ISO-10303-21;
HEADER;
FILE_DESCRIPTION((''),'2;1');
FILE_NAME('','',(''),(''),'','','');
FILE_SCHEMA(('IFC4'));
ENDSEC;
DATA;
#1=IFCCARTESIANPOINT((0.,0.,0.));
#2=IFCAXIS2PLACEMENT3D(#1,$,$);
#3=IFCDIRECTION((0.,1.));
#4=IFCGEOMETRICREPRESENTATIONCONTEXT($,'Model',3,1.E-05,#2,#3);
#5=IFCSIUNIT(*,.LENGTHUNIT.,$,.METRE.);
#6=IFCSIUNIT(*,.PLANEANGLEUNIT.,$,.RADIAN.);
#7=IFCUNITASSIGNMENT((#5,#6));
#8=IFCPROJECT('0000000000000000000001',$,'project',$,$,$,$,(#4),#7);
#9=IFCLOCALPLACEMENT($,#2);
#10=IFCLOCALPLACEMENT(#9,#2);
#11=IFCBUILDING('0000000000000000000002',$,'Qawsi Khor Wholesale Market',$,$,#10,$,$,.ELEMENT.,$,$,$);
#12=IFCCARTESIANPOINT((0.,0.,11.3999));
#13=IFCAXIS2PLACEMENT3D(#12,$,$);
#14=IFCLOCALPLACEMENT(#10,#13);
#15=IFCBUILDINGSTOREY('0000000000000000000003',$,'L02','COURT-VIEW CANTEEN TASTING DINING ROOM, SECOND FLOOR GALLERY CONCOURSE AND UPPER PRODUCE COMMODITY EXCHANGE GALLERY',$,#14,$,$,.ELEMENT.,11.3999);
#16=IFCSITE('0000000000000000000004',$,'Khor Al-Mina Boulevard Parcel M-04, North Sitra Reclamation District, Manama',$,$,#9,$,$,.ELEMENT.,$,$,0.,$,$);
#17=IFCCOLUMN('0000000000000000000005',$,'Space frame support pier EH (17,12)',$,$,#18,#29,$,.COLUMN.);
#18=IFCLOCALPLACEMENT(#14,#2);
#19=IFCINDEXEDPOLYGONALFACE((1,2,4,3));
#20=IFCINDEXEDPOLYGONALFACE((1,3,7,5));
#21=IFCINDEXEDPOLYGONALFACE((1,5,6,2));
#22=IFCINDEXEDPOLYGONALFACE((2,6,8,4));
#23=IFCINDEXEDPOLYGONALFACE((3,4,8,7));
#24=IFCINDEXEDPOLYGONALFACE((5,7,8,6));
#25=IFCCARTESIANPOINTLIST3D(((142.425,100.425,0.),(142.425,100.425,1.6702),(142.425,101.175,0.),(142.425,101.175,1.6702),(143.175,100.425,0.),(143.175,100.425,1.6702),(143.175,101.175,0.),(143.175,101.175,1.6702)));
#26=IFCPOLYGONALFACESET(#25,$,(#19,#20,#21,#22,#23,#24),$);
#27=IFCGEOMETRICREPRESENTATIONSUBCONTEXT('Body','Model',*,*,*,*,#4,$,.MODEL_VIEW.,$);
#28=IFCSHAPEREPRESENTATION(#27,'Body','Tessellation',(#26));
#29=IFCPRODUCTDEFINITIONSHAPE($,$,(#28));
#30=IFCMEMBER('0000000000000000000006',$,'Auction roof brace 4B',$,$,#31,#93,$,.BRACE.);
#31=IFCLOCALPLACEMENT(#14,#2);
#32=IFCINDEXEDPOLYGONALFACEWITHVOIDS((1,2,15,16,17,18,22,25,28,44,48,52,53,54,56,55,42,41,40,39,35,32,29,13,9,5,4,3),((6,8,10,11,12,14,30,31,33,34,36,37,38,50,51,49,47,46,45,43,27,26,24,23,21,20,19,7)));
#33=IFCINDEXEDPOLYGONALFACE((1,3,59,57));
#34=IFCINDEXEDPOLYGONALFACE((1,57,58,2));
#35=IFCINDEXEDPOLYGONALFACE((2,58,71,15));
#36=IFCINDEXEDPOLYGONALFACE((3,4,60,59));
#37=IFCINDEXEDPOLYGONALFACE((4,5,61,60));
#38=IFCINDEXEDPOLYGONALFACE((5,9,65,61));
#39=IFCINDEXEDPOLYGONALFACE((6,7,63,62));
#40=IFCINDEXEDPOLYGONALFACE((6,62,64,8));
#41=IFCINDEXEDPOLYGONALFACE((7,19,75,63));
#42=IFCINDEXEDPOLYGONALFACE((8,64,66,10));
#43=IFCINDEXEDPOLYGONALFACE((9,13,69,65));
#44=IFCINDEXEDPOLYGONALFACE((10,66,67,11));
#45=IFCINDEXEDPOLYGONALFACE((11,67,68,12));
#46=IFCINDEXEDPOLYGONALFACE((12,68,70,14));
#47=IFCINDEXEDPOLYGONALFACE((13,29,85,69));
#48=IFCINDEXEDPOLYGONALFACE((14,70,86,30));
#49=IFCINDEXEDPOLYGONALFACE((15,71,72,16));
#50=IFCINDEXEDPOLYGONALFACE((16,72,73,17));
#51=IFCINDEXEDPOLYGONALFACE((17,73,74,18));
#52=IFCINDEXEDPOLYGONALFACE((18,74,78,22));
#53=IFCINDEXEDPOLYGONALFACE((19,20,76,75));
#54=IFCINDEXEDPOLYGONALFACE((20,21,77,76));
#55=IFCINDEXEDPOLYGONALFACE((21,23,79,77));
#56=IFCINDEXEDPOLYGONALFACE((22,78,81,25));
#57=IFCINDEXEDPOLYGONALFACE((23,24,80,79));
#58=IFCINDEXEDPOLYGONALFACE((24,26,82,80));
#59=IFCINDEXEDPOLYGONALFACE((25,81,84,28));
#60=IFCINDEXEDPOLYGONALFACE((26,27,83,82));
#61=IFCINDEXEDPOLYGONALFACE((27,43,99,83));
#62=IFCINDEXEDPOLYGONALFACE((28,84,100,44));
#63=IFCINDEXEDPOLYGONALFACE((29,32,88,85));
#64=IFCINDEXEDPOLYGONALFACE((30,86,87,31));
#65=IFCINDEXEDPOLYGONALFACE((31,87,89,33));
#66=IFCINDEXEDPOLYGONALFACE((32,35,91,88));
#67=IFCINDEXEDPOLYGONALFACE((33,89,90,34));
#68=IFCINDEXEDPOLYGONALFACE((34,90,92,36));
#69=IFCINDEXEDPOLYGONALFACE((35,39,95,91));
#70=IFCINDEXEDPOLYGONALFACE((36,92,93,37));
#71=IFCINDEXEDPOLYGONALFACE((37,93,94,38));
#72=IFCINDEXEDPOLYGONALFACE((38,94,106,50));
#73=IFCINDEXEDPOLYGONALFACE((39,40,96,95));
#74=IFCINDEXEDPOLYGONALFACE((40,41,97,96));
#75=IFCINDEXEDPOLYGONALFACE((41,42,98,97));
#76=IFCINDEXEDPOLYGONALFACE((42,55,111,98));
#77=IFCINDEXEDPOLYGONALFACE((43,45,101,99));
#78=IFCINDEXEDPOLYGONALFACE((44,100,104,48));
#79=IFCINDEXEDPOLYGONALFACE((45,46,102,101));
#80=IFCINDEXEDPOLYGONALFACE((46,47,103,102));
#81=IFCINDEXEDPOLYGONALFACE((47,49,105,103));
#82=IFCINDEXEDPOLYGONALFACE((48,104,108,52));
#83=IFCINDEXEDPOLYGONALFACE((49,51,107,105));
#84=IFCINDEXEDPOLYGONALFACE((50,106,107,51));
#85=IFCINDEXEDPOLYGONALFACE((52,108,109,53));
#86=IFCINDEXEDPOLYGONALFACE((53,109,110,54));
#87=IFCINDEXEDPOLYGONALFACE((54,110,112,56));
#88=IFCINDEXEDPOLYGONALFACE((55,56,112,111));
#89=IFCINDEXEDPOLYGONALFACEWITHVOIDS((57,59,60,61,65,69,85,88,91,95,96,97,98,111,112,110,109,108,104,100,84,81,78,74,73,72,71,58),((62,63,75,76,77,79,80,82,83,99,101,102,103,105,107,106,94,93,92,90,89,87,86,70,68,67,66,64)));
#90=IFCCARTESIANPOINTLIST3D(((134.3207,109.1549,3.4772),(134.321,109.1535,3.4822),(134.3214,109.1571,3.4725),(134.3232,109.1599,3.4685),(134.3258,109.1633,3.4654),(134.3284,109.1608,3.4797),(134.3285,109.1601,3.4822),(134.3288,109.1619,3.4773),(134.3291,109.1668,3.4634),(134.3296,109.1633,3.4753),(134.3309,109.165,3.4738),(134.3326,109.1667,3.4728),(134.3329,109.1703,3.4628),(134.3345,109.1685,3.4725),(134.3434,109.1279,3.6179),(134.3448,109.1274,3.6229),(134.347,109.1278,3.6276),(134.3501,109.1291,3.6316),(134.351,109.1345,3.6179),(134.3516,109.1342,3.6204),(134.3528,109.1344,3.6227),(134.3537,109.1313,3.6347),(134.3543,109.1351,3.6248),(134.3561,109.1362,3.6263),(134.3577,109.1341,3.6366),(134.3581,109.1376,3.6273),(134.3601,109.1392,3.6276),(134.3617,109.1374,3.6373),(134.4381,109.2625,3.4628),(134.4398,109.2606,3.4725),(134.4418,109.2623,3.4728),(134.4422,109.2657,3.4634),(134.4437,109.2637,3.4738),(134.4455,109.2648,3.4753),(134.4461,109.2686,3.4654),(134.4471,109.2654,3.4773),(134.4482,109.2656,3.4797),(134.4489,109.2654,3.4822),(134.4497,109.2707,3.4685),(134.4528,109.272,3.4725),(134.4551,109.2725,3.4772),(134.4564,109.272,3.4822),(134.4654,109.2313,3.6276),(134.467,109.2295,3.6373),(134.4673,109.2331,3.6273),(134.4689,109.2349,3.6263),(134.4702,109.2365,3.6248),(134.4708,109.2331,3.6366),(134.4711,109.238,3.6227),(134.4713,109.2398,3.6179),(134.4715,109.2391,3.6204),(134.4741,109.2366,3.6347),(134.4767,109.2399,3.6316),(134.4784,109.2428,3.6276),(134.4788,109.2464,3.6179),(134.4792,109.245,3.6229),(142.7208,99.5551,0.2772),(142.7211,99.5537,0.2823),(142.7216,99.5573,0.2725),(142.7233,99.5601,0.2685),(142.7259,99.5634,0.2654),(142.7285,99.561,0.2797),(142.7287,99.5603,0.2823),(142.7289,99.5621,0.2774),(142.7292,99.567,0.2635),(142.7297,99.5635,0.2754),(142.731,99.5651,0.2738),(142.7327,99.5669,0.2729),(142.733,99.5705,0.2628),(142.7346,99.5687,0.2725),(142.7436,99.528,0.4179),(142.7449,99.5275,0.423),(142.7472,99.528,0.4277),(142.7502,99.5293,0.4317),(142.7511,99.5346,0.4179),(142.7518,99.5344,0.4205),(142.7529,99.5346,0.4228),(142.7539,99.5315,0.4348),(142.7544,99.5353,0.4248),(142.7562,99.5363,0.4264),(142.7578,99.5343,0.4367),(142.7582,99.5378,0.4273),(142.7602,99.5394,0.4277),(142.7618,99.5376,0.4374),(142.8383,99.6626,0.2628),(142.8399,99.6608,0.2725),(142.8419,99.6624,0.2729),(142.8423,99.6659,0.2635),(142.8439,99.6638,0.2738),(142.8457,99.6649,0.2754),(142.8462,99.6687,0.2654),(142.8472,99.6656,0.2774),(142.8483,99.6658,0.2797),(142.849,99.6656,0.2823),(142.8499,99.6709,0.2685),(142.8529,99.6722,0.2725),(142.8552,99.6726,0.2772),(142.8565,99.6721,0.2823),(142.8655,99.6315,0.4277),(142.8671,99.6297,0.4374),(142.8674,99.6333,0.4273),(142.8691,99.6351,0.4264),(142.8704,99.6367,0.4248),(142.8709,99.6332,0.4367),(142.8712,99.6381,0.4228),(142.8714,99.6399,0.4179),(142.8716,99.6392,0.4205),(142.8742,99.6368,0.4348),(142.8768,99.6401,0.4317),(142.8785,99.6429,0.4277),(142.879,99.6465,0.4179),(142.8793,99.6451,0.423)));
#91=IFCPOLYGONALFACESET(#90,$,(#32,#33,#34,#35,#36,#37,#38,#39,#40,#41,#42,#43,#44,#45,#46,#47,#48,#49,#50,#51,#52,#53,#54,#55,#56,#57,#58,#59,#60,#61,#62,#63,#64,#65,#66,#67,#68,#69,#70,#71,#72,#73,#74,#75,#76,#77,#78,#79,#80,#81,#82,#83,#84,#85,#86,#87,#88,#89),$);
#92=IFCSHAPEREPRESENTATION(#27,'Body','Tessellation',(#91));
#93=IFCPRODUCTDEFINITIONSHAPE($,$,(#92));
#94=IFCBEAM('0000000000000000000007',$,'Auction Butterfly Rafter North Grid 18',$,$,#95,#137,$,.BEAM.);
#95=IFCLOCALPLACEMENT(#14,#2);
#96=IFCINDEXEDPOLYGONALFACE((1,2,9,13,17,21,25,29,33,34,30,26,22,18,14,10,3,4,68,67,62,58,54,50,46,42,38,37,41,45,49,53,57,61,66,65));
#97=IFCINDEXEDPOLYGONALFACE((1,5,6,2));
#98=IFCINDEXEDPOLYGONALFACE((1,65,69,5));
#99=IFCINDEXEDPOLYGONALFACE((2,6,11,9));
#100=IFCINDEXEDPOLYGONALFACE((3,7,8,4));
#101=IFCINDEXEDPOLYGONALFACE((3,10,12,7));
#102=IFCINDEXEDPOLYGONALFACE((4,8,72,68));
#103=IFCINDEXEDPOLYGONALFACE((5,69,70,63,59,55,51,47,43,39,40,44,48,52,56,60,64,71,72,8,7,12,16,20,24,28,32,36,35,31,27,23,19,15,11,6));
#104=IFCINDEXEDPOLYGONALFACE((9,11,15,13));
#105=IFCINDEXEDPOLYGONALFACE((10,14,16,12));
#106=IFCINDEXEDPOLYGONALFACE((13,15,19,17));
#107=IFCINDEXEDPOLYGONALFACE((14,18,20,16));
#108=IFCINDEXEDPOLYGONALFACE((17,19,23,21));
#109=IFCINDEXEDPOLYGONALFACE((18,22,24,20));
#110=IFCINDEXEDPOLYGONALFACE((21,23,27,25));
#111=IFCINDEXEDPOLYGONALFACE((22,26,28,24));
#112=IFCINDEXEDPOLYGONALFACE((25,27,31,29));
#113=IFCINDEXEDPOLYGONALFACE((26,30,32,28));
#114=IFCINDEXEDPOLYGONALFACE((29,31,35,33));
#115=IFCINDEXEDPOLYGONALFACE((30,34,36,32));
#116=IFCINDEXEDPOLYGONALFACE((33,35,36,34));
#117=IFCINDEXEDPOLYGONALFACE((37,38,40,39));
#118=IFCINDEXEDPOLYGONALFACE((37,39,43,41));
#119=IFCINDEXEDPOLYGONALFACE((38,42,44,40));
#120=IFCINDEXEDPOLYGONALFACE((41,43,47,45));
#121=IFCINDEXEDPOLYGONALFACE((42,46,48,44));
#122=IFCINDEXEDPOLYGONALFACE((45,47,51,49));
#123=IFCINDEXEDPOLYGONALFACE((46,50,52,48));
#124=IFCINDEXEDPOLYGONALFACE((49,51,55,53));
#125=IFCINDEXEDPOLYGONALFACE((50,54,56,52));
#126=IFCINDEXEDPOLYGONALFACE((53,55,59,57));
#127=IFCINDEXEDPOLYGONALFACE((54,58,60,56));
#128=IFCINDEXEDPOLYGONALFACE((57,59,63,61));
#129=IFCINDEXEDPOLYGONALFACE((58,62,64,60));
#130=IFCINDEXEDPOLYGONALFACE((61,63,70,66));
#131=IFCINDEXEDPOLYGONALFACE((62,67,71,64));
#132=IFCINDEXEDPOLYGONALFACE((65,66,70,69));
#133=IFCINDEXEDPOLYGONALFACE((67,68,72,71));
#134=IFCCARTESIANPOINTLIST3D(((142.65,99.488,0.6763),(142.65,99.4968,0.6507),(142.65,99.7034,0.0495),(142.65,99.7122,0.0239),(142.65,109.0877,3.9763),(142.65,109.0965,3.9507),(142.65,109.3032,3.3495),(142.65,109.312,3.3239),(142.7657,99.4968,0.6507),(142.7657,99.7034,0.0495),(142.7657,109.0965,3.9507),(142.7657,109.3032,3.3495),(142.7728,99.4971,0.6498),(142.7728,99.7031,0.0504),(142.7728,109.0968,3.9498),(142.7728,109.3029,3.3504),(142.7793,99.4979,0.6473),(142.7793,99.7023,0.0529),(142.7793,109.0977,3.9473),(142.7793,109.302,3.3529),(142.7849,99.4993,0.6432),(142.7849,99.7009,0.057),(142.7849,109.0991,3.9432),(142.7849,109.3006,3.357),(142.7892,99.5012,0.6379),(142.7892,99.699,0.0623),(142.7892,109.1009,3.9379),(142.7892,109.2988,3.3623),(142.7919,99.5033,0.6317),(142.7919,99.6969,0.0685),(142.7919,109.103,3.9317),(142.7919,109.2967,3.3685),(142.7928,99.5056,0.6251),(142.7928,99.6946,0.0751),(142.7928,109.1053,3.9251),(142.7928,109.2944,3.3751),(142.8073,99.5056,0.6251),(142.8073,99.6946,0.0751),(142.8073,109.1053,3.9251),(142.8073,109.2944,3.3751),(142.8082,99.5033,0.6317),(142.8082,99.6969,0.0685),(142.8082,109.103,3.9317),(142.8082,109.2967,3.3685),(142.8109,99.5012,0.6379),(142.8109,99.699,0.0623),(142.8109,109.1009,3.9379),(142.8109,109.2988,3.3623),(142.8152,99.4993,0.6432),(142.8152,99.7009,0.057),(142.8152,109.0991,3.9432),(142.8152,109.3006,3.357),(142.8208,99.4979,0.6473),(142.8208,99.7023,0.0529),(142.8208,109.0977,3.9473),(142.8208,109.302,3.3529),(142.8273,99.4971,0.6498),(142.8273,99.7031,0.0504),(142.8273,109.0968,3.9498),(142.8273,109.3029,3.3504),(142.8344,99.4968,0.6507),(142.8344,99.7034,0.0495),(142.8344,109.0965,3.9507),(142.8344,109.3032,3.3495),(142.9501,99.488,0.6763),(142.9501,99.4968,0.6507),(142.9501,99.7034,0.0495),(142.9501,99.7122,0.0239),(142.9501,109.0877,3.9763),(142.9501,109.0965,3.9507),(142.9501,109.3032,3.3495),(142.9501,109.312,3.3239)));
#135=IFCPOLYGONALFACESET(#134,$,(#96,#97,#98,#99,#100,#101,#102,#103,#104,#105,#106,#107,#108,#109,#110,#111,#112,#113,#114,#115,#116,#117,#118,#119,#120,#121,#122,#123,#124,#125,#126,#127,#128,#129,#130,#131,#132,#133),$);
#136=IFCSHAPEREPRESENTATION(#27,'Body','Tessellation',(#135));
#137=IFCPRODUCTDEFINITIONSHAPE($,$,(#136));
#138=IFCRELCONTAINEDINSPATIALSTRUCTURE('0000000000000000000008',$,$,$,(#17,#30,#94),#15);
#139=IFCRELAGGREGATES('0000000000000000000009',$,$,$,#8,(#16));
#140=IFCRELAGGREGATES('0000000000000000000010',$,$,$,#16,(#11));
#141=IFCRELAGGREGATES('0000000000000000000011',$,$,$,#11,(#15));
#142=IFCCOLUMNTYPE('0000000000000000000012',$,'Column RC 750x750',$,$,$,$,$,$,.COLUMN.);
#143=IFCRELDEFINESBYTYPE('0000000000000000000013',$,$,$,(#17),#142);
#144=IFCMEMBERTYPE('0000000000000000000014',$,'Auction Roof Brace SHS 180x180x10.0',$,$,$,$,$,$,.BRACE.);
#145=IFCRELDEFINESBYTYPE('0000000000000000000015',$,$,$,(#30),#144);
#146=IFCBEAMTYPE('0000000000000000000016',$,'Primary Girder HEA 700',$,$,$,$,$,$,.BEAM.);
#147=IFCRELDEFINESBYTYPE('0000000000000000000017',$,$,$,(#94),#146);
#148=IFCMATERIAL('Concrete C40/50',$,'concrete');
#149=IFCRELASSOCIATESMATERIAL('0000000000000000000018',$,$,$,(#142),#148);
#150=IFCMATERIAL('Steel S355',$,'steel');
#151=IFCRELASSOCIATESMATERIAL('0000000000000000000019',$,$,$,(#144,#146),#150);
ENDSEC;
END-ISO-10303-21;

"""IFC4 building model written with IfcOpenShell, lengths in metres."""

from ifc_helpers import new_model, si_unit, direction, frame, origin, origin_2d, place, context, subcontext, project, spatial, rectangle, hollow_rectangle, i_section, extrude, material, material_profile, profile_set, type_object, element, save


model = new_model("IFC4")

# Units and contexts
model_context = context("Model", 3, precision=1e-05, world=origin(), true_north=direction((0.0, 1.0)))
body_context = subcontext(model_context, "Body", "Model", "MODEL_VIEW")
ifc_project = project(units=[si_unit("LENGTHUNIT", "METRE"), si_unit("PLANEANGLEUNIT", "RADIAN")], contexts=[model_context])

# Site, building, storey
site_placement = place(None, origin())
site = spatial("IfcSite", under=ifc_project, at=site_placement, Name="Khor Al-Mina Boulevard Parcel M-04, North Sitra Reclamation District, Manama", CompositionType="ELEMENT", RefElevation=0.0)
building_placement = place(site_placement, origin())
building = spatial("IfcBuilding", under=site, at=building_placement, Name="Qawsi Khor Wholesale Market", CompositionType="ELEMENT")
storey_placement = place(building_placement, frame((0.0, 0.0, 11.3999)))
storey = spatial("IfcBuildingStorey", under=building, at=storey_placement, Name="L02", Description="COURT-VIEW CANTEEN TASTING DINING ROOM, SECOND FLOOR GALLERY CONCOURSE AND UPPER PRODUCE COMMODITY EXCHANGE GALLERY", CompositionType="ELEMENT", Elevation=11.3999)

# Column
ifc_material_1 = material(Name="Concrete C40/50", Category="concrete")
ifc_material_profile_1 = material_profile(ifc_material_1, rectangle(XDim=0.75, YDim=0.75, at=origin_2d()), Name="RC 750x750")
ifc_profile_set_1 = profile_set([ifc_material_profile_1], Name="Concrete C40/50")
column_type = type_object("IfcColumnType", Name="Column RC 750x750", PredefinedType="COLUMN", material=ifc_profile_set_1)
column_placement = place(storey_placement, frame((142.8, 100.8, 0.0), z_axis=(0.0, 0.0, 1.0), x_axis=(1.0, 0.0, 0.0)))
element("IfcColumn", 1, at=column_placement, inside=storey, type_object=column_type, Name="Space frame support pier EH (17,12)", PredefinedType="COLUMN", context=body_context, shape_type="SweptSolid", body=[
    extrude(rectangle(XDim=0.75, YDim=0.75, at=origin_2d()), origin(), (0.0, 0.0, 1.0), 1.6702),
])

# Member
ifc_material_2 = material(Name="Steel S355", Category="steel")
ifc_material_profile_2 = material_profile(ifc_material_2, hollow_rectangle(XDim=0.1799, YDim=0.1799, WallThickness=0.01, InnerFilletRadius=0.01, OuterFilletRadius=0.02, at=origin_2d()), Name="SHS 180x180x10.0")
ifc_profile_set_2 = profile_set([ifc_material_profile_2], Name="Steel S355")
member_type_1 = type_object("IfcMemberType", Name="Auction Roof Brace SHS 180x180x10.0", PredefinedType="BRACE", material=ifc_profile_set_2)
member_1_placement = place(storey_placement, frame((142.8, 99.6001, 0.3501), z_axis=(-0.638726, 0.729949, 0.243316), x_axis=(-0.752566, -0.658517, 0.0)))
element("IfcMember", 2, at=member_1_placement, inside=storey, type_object=member_type_1, Name="Auction roof brace 4B", PredefinedType="BRACE", context=body_context, shape_type="SweptSolid", body=[
    extrude(hollow_rectangle(XDim=0.1799, YDim=0.1799, WallThickness=0.01, InnerFilletRadius=0.01, OuterFilletRadius=0.02, at=origin_2d()), origin(), (0.0, 0.0, 1.0), 13.1514),
])

# Beam
ifc_material_profile_3 = material_profile(ifc_material_2, i_section(OverallWidth=0.3, OverallDepth=0.6899, WebThickness=0.0144, FlangeThickness=0.0271, FilletRadius=0.0271, at=origin_2d()), Name="HEA 700")
ifc_profile_set_3 = profile_set([ifc_material_profile_3], Name="Steel S355")
beam_type = type_object("IfcBeamType", Name="Primary Girder HEA 700", PredefinedType="BEAM", material=ifc_profile_set_3)
beam_placement = place(storey_placement, frame((142.8, 99.6001, 0.3501), z_axis=(0.0, 0.945684, 0.325089), x_axis=(-1.0, 0.0, 0.0)))
element("IfcBeam", 3, at=beam_placement, inside=storey, type_object=beam_type, Name="Auction Butterfly Rafter North Grid 18", PredefinedType="BEAM", context=body_context, shape_type="SweptSolid", body=[
    extrude(i_section(OverallWidth=0.3, OverallDepth=0.6899, WebThickness=0.0144, FlangeThickness=0.0271, FilletRadius=0.0271, at=origin_2d()), origin(), (0.0, 0.0, 1.0), 10.1511),
])

save(model, "model.ifc")
